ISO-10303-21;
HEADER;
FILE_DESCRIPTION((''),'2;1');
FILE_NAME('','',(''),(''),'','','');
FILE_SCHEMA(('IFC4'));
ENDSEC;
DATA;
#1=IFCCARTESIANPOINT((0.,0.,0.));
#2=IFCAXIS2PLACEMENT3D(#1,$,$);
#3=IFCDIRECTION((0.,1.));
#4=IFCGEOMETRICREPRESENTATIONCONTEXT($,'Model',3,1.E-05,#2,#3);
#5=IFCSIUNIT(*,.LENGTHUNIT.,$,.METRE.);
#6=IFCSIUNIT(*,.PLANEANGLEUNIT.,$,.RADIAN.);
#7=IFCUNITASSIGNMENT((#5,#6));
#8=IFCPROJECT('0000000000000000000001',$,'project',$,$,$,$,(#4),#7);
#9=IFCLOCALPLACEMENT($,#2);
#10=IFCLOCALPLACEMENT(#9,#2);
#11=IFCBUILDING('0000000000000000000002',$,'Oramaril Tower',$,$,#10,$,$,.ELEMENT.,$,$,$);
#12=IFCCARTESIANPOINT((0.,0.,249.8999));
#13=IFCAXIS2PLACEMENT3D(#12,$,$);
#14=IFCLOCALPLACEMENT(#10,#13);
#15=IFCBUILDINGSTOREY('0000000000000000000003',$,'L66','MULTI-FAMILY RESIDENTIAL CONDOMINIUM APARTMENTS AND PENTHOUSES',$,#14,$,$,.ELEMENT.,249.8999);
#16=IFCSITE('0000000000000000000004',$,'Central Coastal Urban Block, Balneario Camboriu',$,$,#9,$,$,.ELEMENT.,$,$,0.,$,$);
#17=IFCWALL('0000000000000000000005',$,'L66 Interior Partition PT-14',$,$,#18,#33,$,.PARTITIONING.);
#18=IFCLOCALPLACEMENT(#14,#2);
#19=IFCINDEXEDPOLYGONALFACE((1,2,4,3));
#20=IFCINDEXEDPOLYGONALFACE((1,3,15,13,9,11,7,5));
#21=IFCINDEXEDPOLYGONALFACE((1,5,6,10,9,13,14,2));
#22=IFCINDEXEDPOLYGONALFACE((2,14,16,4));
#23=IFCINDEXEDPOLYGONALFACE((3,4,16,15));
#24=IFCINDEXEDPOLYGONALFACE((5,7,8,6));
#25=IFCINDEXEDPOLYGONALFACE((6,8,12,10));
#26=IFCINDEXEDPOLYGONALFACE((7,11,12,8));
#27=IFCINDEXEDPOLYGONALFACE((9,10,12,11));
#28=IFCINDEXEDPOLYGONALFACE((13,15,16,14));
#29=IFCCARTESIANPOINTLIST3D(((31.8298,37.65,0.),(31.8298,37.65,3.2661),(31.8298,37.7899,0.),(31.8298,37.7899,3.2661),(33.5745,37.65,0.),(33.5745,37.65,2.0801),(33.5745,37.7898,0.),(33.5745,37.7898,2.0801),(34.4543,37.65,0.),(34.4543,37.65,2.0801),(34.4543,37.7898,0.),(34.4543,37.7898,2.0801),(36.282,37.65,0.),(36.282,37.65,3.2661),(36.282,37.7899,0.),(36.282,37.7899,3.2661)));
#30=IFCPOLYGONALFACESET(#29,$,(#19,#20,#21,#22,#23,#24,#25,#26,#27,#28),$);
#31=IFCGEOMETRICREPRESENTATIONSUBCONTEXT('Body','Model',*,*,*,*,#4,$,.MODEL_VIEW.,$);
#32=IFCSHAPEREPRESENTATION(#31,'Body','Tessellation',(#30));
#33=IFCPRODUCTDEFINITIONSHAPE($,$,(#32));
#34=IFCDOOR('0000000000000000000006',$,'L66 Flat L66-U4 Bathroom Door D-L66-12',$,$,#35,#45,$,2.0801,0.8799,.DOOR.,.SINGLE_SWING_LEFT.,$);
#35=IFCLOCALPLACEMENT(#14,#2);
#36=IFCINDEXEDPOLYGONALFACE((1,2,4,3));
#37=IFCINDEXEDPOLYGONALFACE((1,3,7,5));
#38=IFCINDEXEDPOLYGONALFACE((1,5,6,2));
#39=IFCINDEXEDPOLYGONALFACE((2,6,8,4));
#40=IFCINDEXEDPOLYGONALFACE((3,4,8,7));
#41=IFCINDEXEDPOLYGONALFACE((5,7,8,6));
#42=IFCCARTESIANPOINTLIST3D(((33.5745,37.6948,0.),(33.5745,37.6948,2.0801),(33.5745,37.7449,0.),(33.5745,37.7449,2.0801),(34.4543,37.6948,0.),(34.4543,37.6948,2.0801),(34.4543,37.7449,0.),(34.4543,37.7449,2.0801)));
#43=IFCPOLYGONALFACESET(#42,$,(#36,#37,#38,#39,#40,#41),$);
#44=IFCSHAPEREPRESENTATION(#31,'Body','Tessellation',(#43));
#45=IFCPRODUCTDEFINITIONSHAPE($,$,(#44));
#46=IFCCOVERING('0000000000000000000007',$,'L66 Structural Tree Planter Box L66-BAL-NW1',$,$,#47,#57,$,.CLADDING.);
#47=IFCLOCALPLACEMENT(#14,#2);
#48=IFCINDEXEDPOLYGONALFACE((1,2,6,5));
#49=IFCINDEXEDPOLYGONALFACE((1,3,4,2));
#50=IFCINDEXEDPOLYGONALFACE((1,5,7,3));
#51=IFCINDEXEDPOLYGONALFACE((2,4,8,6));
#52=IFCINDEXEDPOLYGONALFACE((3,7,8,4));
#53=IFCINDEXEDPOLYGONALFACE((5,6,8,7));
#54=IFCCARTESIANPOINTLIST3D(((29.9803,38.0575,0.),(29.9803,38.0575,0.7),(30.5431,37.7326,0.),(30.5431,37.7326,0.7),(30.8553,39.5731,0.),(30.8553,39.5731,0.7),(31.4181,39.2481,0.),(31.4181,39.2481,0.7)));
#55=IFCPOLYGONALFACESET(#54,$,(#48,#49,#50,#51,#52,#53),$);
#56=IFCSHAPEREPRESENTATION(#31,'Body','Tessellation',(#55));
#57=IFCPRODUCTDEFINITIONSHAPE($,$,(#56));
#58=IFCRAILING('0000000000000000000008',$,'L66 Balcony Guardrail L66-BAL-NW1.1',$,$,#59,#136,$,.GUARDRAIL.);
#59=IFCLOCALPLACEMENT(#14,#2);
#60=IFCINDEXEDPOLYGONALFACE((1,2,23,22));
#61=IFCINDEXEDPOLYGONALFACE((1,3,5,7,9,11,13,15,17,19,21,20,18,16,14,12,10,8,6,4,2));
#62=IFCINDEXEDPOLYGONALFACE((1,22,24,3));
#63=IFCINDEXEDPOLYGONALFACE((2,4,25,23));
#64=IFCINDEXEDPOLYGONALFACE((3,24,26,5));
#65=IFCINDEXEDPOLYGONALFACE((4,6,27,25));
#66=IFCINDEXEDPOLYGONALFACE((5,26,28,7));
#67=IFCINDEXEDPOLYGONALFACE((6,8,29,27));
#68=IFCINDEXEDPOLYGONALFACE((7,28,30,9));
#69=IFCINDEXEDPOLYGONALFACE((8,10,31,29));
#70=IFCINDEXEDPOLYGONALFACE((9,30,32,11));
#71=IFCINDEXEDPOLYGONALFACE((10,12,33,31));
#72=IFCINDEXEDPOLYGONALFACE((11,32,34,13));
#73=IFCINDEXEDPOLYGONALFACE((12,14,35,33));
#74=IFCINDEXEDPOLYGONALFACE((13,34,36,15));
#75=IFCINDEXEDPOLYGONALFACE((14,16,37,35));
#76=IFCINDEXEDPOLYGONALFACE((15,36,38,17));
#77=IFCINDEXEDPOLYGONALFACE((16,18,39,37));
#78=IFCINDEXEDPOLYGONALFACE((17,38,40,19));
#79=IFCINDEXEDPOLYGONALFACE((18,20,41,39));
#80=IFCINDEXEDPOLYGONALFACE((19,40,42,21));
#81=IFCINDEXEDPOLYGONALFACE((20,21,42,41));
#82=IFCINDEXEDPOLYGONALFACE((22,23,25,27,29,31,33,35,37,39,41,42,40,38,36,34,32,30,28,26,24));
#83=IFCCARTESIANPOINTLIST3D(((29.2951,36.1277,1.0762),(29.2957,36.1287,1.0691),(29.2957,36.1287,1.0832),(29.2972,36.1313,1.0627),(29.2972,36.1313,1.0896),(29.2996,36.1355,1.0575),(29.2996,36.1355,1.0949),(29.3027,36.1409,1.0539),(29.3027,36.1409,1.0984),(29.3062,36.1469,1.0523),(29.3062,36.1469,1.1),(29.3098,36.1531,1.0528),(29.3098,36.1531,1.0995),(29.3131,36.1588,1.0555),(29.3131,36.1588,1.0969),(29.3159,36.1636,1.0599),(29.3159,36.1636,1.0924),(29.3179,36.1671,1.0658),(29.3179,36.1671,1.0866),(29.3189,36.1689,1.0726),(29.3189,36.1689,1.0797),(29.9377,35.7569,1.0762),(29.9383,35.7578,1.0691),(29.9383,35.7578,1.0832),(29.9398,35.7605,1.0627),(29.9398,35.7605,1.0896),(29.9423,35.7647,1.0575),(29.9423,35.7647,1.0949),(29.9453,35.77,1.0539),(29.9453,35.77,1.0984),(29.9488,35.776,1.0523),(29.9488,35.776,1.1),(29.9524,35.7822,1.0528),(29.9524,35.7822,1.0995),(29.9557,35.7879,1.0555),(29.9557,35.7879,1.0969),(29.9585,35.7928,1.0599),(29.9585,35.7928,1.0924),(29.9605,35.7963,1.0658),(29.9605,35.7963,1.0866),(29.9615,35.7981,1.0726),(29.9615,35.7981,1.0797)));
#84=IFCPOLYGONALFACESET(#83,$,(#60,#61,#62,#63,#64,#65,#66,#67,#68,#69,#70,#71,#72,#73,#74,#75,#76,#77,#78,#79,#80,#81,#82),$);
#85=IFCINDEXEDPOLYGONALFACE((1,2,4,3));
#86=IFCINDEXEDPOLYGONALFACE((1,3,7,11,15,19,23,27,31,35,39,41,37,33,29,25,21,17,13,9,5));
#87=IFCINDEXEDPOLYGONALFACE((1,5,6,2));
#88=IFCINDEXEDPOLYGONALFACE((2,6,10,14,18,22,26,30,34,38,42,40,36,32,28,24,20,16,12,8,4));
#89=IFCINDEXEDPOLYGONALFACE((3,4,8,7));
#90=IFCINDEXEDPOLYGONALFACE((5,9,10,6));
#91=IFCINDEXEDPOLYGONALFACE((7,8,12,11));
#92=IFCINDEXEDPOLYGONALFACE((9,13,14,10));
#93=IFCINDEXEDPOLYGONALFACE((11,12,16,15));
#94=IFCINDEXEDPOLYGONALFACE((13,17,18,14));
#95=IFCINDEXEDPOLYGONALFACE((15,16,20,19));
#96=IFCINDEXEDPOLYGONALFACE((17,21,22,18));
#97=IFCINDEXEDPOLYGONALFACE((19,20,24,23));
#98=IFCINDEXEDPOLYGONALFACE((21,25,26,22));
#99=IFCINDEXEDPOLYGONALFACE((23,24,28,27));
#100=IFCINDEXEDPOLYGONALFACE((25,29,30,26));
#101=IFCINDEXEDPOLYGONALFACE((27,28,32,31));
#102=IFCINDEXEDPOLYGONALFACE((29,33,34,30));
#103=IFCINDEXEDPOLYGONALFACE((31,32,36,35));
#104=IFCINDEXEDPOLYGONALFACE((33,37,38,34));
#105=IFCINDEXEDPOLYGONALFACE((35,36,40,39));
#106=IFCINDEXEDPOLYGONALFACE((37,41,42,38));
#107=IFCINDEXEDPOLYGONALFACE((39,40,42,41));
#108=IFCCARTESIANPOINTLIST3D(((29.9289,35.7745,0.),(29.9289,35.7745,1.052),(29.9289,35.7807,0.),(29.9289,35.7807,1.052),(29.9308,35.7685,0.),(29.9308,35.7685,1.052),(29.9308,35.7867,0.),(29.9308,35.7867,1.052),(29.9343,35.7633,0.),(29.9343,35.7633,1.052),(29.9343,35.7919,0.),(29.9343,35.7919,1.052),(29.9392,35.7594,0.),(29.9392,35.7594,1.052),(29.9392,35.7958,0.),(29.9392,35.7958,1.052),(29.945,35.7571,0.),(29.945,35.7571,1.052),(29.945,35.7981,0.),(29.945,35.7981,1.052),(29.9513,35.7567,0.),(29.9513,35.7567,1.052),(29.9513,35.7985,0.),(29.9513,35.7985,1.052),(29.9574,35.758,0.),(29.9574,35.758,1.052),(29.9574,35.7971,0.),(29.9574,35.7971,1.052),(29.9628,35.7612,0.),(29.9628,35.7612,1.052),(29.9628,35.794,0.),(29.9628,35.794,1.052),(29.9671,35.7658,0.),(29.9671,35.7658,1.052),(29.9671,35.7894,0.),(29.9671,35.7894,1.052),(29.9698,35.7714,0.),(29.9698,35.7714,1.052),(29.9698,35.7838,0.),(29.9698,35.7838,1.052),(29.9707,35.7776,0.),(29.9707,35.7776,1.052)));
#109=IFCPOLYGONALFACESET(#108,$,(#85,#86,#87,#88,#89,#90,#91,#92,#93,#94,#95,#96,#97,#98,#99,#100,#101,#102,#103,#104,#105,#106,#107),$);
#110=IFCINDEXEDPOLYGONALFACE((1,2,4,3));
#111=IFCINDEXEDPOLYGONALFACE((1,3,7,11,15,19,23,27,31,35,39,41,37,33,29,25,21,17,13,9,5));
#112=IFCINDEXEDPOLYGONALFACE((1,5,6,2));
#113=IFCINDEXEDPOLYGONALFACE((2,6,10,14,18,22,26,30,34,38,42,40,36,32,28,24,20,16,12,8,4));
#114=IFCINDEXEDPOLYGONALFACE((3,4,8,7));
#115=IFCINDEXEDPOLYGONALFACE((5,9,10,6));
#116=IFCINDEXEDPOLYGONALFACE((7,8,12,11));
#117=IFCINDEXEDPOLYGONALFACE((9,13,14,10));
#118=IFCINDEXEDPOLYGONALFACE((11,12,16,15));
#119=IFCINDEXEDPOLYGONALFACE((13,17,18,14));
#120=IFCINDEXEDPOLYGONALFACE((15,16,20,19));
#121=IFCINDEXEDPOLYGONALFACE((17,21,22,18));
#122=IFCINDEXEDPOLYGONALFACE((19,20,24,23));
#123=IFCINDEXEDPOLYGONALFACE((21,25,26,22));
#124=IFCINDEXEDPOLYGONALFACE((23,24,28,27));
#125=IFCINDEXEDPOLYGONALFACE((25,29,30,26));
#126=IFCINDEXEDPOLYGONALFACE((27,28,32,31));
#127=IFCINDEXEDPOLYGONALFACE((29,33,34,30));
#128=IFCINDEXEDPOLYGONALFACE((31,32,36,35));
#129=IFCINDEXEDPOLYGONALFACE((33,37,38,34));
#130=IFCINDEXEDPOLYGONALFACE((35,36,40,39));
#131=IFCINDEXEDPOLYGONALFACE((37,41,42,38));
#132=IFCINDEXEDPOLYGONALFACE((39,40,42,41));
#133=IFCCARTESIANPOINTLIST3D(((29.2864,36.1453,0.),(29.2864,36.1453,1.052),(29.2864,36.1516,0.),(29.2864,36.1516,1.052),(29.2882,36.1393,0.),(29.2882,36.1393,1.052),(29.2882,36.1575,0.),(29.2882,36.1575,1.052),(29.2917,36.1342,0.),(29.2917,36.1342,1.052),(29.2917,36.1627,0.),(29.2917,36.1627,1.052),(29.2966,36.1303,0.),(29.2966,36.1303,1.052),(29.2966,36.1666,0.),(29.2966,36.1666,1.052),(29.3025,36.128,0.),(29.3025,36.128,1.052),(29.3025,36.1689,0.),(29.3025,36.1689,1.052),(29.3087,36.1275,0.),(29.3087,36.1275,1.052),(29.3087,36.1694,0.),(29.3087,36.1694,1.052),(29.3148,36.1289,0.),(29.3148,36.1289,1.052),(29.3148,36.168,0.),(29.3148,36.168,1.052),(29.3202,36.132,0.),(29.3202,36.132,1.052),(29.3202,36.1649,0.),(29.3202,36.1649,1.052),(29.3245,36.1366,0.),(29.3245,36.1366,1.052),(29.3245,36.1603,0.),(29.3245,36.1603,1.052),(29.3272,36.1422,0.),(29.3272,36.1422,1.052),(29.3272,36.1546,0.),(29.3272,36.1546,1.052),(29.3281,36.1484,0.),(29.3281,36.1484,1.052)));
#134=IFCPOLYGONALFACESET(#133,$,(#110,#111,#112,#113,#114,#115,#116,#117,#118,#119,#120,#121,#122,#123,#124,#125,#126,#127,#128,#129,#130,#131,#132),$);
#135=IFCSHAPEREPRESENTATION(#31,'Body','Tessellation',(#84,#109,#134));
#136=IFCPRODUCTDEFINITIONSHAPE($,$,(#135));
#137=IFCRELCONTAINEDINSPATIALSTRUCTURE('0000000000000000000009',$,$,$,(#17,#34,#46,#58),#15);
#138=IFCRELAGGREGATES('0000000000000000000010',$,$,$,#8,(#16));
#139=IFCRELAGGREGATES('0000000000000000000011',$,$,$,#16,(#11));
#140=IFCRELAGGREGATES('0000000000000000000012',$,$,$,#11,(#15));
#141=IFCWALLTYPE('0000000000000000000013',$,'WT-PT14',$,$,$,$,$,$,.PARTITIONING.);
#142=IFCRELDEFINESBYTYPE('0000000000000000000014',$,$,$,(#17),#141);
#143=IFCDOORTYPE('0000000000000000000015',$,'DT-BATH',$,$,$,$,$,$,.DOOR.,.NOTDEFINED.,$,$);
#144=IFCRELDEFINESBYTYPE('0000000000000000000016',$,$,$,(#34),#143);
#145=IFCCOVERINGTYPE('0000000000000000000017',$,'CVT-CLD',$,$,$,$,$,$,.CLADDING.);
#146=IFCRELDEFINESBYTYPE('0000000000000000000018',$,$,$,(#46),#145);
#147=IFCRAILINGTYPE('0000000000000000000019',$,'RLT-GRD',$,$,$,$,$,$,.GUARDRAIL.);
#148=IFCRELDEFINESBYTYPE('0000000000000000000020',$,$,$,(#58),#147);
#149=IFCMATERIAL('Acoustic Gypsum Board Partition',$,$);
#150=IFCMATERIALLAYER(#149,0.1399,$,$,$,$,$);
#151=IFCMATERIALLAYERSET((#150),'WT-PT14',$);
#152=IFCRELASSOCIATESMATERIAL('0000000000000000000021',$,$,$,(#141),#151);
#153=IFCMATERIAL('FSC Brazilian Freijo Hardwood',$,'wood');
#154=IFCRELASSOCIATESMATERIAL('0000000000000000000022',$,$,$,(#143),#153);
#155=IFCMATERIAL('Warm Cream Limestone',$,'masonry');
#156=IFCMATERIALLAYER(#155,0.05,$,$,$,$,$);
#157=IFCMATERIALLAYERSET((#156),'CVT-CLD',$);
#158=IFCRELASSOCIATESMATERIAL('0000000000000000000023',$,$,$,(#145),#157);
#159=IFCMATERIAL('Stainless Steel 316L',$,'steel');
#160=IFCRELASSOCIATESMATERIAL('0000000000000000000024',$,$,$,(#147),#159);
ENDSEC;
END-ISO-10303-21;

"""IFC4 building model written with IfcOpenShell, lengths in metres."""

from ifc_helpers import new_model, si_unit, direction, frame, frame_2d, origin, origin_2d, place, context, subcontext, project, spatial, rectangle, circle, extrude, material, layer, layer_set, type_object, element, fill, save


model = new_model("IFC4")

# Units and contexts
model_context = context("Model", 3, precision=1e-05, world=origin(), true_north=direction((0.0, 1.0)))
body_context = subcontext(model_context, "Body", "Model", "MODEL_VIEW")
ifc_project = project(units=[si_unit("LENGTHUNIT", "METRE"), si_unit("PLANEANGLEUNIT", "RADIAN")], contexts=[model_context])

# Site, building, storey
site_placement = place(None, origin())
site = spatial("IfcSite", under=ifc_project, at=site_placement, Name="Central Coastal Urban Block, Balneario Camboriu", CompositionType="ELEMENT", RefElevation=0.0)
building_placement = place(site_placement, origin())
building = spatial("IfcBuilding", under=site, at=building_placement, Name="Oramaril Tower", CompositionType="ELEMENT")
storey_placement = place(building_placement, frame((0.0, 0.0, 249.8999)))
storey = spatial("IfcBuildingStorey", under=building, at=storey_placement, Name="L66", Description="MULTI-FAMILY RESIDENTIAL CONDOMINIUM APARTMENTS AND PENTHOUSES", CompositionType="ELEMENT", Elevation=249.8999)

# Wall, opening, door
ifc_material_1 = material(Name="Acoustic Gypsum Board Partition")
ifc_layer_1 = layer(ifc_material_1, 0.1399)
ifc_layer_set_1 = layer_set([ifc_layer_1], Name="WT-PT14")
wall_type_1 = type_object("IfcWallType", Name="WT-PT14", PredefinedType="PARTITIONING", material=ifc_layer_set_1)
wall_1_placement = place(storey_placement, frame((31.8298, 37.72, 0.0), z_axis=(0.0, 0.0, 1.0), x_axis=(1.0, 0.0, 0.0)))
wall_1 = element("IfcWall", 1, at=wall_1_placement, inside=storey, type_object=wall_type_1, Name="L66 Interior Partition PT-14", PredefinedType="PARTITIONING", context=body_context, shape_type="SweptSolid", body=[
    extrude(rectangle(XDim=4.4521, YDim=0.1399, at=frame_2d((2.2261, 0.0))), origin(), (0.0, 0.0, 1.0), 3.2661),
])
opening_placement = place(wall_1_placement, frame((1.7446, 0.0, 0.0)))
opening = element("IfcOpeningElement", 2, at=opening_placement, cuts=wall_1, PredefinedType="OPENING", context=body_context, shape_type="SweptSolid", body=[
    extrude(rectangle(XDim=0.8799, YDim=2.0801, at=frame_2d((0.4399, 1.04))), frame((0.0, 0.0698, 0.0), z_axis=(0.0, -1.0, 0.0), x_axis=(1.0, 0.0, 0.0)), (0.0, 0.0, 1.0), 0.1399),
])
ifc_material_2 = material(Name="FSC Brazilian Freijo Hardwood", Category="wood")
door_type = type_object("IfcDoorType", Name="DT-BATH", OperationType="NOTDEFINED", PredefinedType="DOOR", material=ifc_material_2)
door_placement = place(opening_placement, origin())
door = element("IfcDoor", 3, at=door_placement, inside=storey, type_object=door_type, Name="L66 Flat L66-U4 Bathroom Door D-L66-12", OperationType="SINGLE_SWING_LEFT", OverallHeight=2.0801, OverallWidth=0.8799, PredefinedType="DOOR", context=body_context, shape_type="SweptSolid", body=[
    extrude(rectangle(XDim=0.8799, YDim=2.0801, at=frame_2d((0.4399, 1.04))), frame((0.0, 0.0249, 0.0), z_axis=(0.0, -1.0, 0.0), x_axis=(1.0, 0.0, 0.0)), (0.0, 0.0, 1.0), 0.05),
])
fill(opening, door)

# Covering
ifc_material_3 = material(Name="Warm Cream Limestone", Category="masonry")
ifc_layer_2 = layer(ifc_material_3, 0.05)
ifc_layer_set_2 = layer_set([ifc_layer_2], Name="CVT-CLD")
covering_type = type_object("IfcCoveringType", Name="CVT-CLD", PredefinedType="CLADDING", material=ifc_layer_set_2)
covering_placement = place(storey_placement, frame((30.6992, 38.6528, 0.0), z_axis=(0.0, 0.0, 1.0), x_axis=(-0.499998, -0.866026, 0.0)))
element("IfcCovering", 4, at=covering_placement, inside=storey, type_object=covering_type, Name="L66 Structural Tree Planter Box L66-BAL-NW1", PredefinedType="CLADDING", context=body_context, shape_type="SweptSolid", body=[
    extrude(rectangle(XDim=1.75, YDim=0.6499, at=origin_2d()), origin(), (0.0, 0.0, 1.0), 0.7),
])

# Railing
ifc_material_4 = material(Name="Stainless Steel 316L", Category="steel")
railing_type = type_object("IfcRailingType", Name="RLT-GRD", PredefinedType="GUARDRAIL", material=ifc_material_4)
railing_1_placement = place(storey_placement, frame((29.9497, 35.7776, 0.0)))
element("IfcRailing", 5, at=railing_1_placement, inside=storey, type_object=railing_type, Name="L66 Balcony Guardrail L66-BAL-NW1.1", PredefinedType="GUARDRAIL", context=body_context, shape_type="SweptSolid", body=[
    extrude(circle(Radius=0.0239, at=origin_2d()), frame((0.0, 0.0, 1.0762), z_axis=(-0.866109, 0.499855, 0.0), x_axis=(-0.499855, -0.866109, 0.0)), (0.0, 0.0, 1.0), 0.7419),
    extrude(circle(Radius=0.021, at=origin_2d()), origin(), (0.0, 0.0, 1.0), 1.052),
    extrude(circle(Radius=0.021, at=origin_2d()), frame((-0.6426, 0.3708, 0.0)), (0.0, 0.0, 1.0), 1.052),
])

save(model, "model.ifc")
